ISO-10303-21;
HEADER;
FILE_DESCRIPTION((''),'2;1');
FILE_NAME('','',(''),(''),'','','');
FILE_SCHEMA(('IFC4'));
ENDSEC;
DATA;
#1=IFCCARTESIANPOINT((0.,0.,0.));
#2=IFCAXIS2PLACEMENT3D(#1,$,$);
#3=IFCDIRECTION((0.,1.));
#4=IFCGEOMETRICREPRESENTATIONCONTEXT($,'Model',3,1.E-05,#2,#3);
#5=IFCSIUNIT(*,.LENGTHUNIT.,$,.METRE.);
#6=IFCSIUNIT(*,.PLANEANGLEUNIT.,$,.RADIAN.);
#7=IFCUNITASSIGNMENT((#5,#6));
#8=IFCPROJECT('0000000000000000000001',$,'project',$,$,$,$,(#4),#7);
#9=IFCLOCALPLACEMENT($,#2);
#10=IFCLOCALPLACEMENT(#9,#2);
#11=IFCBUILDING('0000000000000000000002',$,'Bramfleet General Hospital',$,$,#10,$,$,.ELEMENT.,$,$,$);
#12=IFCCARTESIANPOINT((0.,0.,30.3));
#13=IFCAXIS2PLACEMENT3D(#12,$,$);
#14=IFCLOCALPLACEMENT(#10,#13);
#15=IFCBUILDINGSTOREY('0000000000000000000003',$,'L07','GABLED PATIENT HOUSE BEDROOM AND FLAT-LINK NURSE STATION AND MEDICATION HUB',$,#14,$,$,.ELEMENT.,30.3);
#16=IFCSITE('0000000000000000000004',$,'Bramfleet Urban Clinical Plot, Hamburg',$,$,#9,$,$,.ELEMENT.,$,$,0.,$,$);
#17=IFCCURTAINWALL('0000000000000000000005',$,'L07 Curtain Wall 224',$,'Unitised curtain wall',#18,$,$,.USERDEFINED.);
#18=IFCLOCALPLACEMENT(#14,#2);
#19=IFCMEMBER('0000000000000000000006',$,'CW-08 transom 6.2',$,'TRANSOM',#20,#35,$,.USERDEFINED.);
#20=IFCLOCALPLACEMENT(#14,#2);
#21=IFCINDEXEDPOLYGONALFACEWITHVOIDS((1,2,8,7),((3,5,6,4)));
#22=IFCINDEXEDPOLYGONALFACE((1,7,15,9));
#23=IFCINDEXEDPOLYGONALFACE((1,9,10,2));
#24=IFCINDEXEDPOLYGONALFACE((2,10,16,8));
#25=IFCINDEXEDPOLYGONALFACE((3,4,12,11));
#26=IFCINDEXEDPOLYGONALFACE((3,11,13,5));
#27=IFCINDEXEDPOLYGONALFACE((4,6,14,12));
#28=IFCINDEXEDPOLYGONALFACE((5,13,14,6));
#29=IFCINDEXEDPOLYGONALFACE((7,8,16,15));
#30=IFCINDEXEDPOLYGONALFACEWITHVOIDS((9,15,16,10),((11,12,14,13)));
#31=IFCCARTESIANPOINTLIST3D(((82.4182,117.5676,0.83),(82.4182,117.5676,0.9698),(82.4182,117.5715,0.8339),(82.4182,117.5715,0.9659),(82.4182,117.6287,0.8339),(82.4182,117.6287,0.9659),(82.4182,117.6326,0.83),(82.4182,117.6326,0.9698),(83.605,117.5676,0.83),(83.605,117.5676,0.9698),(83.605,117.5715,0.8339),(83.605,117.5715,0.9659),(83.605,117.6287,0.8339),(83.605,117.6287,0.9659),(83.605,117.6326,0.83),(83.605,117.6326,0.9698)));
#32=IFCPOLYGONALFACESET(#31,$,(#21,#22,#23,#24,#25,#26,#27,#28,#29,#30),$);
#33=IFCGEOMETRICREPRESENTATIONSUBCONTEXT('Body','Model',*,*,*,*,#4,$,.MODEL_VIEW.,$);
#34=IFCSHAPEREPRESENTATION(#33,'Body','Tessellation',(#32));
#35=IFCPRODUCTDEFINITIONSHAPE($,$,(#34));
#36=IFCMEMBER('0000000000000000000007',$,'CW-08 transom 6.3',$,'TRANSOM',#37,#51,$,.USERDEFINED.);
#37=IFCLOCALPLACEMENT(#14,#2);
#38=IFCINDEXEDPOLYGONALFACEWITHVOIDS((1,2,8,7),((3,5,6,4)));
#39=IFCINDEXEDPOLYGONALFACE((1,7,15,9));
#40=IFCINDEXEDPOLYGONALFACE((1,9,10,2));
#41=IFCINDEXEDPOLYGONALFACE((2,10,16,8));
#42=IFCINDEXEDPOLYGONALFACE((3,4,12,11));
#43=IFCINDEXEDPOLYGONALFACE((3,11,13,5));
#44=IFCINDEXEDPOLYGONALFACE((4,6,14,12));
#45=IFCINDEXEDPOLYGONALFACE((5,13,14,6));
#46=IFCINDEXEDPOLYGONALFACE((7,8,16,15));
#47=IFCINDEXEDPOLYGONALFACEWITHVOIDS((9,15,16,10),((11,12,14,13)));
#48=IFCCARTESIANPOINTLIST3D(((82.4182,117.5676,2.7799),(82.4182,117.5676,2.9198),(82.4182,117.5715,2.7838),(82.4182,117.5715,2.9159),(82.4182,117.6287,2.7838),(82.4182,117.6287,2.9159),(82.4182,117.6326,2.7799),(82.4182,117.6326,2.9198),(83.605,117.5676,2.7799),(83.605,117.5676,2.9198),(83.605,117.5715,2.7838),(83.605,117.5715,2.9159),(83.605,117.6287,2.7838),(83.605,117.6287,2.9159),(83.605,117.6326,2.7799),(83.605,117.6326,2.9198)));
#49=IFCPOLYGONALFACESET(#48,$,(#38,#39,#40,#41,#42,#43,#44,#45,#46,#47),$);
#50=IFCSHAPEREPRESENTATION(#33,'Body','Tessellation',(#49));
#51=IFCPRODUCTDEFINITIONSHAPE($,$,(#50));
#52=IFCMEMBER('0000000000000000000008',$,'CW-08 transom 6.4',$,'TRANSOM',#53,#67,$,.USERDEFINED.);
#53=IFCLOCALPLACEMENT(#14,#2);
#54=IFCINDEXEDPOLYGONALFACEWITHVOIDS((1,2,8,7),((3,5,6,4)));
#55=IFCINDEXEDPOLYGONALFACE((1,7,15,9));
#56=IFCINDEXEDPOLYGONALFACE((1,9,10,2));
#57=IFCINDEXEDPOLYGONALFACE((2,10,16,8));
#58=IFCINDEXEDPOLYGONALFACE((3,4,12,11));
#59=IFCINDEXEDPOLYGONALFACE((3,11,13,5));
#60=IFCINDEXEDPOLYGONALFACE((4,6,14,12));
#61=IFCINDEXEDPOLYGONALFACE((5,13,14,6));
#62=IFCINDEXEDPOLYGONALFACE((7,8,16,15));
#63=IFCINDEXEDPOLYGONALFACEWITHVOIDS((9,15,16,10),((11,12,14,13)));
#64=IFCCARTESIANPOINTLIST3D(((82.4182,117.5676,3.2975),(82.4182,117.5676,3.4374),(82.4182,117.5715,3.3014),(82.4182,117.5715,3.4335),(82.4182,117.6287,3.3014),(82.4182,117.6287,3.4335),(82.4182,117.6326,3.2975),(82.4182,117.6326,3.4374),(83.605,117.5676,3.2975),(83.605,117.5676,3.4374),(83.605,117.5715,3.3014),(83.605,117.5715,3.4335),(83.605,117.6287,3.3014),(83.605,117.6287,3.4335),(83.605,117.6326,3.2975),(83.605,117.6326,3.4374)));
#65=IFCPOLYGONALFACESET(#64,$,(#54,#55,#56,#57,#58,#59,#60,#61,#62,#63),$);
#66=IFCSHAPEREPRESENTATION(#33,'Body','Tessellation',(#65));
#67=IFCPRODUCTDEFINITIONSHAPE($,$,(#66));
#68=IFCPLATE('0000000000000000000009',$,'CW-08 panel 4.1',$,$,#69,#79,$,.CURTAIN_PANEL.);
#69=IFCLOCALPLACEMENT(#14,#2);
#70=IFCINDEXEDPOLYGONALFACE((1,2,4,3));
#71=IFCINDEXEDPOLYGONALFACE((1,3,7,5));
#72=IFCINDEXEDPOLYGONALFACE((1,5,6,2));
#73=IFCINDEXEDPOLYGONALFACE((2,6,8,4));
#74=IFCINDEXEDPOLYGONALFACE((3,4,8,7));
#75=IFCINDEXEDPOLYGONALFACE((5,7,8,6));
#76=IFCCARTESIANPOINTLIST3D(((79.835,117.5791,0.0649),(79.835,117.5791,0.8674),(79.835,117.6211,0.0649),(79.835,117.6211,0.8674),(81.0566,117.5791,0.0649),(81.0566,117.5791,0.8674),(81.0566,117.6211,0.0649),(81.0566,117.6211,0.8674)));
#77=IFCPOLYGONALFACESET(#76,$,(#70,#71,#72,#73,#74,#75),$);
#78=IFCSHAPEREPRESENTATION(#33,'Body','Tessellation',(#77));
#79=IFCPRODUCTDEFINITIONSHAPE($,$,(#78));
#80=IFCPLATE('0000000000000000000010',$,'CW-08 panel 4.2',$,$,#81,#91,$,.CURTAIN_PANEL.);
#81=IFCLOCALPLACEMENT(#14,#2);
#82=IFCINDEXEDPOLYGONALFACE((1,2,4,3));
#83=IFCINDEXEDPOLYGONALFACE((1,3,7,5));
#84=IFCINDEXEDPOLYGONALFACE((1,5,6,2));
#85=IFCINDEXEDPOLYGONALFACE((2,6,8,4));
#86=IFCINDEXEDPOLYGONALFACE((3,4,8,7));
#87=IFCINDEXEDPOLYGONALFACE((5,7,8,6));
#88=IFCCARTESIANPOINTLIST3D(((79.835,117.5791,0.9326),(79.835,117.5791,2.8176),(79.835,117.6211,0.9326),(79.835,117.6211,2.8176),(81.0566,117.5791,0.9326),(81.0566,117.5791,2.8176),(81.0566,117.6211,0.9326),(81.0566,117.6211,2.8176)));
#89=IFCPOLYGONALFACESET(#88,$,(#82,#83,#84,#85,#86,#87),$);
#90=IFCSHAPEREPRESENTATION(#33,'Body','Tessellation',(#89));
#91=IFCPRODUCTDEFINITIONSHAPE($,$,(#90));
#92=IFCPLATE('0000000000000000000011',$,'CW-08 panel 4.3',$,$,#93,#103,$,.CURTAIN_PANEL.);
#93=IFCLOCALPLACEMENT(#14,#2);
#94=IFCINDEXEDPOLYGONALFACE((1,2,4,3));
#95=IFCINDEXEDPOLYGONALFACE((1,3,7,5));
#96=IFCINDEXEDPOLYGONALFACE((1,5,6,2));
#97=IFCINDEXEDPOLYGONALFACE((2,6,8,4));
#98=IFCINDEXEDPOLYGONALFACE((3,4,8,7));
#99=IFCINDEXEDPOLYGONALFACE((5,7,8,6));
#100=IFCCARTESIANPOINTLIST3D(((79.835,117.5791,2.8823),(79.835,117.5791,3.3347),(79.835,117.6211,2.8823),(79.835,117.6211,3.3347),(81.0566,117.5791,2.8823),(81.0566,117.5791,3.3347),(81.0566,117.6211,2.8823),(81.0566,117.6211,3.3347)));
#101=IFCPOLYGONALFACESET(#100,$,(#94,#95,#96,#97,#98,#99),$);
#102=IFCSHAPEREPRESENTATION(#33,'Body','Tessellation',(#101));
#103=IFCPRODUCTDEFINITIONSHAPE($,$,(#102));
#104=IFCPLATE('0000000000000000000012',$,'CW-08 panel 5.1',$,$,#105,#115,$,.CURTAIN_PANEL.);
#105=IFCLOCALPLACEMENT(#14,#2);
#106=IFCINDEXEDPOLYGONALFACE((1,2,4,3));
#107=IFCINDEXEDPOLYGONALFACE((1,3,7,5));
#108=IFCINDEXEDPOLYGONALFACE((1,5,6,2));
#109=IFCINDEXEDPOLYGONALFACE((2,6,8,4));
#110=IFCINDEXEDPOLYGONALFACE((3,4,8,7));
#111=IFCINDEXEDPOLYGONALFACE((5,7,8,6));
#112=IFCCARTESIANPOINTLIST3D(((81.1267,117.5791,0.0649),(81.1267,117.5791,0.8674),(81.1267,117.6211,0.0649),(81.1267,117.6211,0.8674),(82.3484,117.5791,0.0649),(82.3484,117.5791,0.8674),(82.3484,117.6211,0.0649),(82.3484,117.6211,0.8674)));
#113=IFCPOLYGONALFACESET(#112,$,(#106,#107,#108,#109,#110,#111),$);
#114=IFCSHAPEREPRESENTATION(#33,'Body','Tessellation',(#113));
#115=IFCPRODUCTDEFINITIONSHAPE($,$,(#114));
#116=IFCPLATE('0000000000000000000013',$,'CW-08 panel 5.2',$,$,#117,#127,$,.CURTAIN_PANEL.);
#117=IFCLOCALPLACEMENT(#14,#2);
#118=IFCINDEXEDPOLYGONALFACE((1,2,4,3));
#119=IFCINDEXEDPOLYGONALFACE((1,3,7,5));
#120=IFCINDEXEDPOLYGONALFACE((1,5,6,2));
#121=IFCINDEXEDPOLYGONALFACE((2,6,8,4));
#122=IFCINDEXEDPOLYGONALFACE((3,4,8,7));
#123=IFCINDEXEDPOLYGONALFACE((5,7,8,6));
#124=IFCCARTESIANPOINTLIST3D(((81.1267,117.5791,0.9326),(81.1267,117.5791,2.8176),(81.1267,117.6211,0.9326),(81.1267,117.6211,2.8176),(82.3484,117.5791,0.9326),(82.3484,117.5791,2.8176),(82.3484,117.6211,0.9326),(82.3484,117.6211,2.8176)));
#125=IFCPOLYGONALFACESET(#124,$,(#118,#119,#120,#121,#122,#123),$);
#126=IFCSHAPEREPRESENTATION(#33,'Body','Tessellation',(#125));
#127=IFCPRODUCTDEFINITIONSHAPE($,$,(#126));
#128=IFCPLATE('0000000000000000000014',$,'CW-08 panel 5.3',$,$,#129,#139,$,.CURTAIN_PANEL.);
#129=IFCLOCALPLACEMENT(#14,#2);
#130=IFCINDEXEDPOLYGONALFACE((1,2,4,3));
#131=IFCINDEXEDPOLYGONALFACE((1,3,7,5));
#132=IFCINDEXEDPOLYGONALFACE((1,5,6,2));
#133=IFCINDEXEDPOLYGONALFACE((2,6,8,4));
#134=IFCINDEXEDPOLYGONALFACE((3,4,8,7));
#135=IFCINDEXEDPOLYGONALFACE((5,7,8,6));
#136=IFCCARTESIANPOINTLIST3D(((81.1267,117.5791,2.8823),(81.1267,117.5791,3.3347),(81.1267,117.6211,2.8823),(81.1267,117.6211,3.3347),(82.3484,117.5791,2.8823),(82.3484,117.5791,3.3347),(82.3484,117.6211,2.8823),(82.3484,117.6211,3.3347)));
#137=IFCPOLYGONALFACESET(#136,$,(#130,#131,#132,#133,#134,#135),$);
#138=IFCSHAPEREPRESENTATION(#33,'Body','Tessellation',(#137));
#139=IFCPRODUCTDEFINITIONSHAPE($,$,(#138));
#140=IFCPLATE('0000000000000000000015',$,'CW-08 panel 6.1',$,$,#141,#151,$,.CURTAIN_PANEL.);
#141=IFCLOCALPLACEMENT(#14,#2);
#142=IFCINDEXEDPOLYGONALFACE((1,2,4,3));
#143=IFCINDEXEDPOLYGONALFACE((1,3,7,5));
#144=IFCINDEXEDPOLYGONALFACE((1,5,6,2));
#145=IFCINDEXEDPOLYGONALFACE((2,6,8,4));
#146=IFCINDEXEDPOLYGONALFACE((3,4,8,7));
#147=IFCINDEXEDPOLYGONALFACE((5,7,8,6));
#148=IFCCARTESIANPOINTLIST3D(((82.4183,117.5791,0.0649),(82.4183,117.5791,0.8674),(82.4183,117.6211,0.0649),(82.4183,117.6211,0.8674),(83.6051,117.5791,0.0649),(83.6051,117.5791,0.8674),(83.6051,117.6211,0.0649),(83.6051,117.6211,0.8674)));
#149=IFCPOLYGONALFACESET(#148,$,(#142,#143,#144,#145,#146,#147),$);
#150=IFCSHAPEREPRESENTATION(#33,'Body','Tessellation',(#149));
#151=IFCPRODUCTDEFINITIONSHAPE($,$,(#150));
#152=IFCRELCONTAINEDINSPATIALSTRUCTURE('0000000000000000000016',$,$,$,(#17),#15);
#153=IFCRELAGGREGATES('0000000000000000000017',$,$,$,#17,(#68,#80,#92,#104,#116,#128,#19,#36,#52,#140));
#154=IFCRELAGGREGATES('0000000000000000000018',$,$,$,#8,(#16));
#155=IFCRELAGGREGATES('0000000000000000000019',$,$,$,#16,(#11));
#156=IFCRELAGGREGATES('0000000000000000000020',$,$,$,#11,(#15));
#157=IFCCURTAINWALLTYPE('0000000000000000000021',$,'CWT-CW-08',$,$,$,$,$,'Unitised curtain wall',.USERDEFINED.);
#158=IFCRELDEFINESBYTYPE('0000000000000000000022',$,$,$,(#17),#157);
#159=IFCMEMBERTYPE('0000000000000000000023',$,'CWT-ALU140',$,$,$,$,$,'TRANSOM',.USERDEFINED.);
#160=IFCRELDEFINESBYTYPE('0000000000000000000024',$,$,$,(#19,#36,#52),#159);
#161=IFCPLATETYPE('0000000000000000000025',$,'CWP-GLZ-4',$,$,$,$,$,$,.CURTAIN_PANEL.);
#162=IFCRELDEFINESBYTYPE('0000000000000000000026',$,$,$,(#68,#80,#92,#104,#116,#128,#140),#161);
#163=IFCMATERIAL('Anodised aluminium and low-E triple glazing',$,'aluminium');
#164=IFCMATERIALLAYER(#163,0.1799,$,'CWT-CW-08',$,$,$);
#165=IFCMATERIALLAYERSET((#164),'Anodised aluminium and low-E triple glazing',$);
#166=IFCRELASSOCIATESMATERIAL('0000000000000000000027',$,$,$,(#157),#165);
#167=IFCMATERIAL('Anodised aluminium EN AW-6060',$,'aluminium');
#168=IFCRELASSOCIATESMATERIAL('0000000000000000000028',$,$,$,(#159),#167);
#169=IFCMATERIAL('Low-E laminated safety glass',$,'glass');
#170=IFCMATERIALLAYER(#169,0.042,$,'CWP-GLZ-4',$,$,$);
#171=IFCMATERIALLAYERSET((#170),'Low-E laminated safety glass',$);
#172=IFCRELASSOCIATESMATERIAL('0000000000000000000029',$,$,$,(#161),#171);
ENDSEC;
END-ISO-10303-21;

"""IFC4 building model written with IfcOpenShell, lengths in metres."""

from ifc_helpers import new_model, si_unit, direction, frame, origin, origin_2d, place, context, subcontext, project, spatial, rectangle, hollow_rectangle, extrude, material, layer, layer_set, material_profile, profile_set, type_object, element, aggregate, save


model = new_model("IFC4")

# Units and contexts
model_context = context("Model", 3, precision=1e-05, world=origin(), true_north=direction((0.0, 1.0)))
body_context = subcontext(model_context, "Body", "Model", "MODEL_VIEW")
ifc_project = project(units=[si_unit("LENGTHUNIT", "METRE"), si_unit("PLANEANGLEUNIT", "RADIAN")], contexts=[model_context])

# Site, building, storey
site_placement = place(None, origin())
site = spatial("IfcSite", under=ifc_project, at=site_placement, Name="Bramfleet Urban Clinical Plot, Hamburg", CompositionType="ELEMENT", RefElevation=0.0)
building_placement = place(site_placement, origin())
building = spatial("IfcBuilding", under=site, at=building_placement, Name="Bramfleet General Hospital", CompositionType="ELEMENT")
storey_placement = place(building_placement, frame((0.0, 0.0, 30.3)))
storey = spatial("IfcBuildingStorey", under=building, at=storey_placement, Name="L07", Description="GABLED PATIENT HOUSE BEDROOM AND FLAT-LINK NURSE STATION AND MEDICATION HUB", CompositionType="ELEMENT", Elevation=30.3)

# Curtain wall, members, plates
ifc_material_1 = material(Name="Anodised aluminium and low-E triple glazing", Category="aluminium")
ifc_layer_1 = layer(ifc_material_1, 0.1799, Name="CWT-CW-08")
ifc_layer_set_1 = layer_set([ifc_layer_1], Name="Anodised aluminium and low-E triple glazing")
curtain_wall_type = type_object("IfcCurtainWallType", Name="CWT-CW-08", ElementType="Unitised curtain wall", PredefinedType="USERDEFINED", material=ifc_layer_set_1)
curtain_wall_placement = place(storey_placement, origin())
curtain_wall = element("IfcCurtainWall", 1, at=curtain_wall_placement, inside=storey, type_object=curtain_wall_type, Name="L07 Curtain Wall 224", ObjectType="Unitised curtain wall", PredefinedType="USERDEFINED")
ifc_material_2 = material(Name="Anodised aluminium EN AW-6060", Category="aluminium")
ifc_material_profile_1 = material_profile(ifc_material_2, hollow_rectangle(XDim=0.0649, YDim=0.1399, WallThickness=0.0039, at=origin_2d()), Name="ALU 140x65x4.0")
ifc_profile_set_1 = profile_set([ifc_material_profile_1], Name="Anodised aluminium EN AW-6060")
member_type_1 = type_object("IfcMemberType", Name="CWT-ALU140", ElementType="TRANSOM", PredefinedType="USERDEFINED", material=ifc_profile_set_1)
member_1_placement = place(storey_placement, frame((82.4182, 117.6001, 0.8999), z_axis=(1.0, 0.0, 0.0), x_axis=(0.0, 1.0, 0.0)))
member_1 = element("IfcMember", 2, at=member_1_placement, type_object=member_type_1, Name="CW-08 transom 6.2", ObjectType="TRANSOM", PredefinedType="USERDEFINED", context=body_context, shape_type="SweptSolid", body=[
    extrude(hollow_rectangle(XDim=0.0649, YDim=0.1399, WallThickness=0.0039, at=origin_2d()), origin(), (0.0, 0.0, 1.0), 1.1868),
])
member_2_placement = place(storey_placement, frame((82.4182, 117.6001, 2.8499), z_axis=(1.0, 0.0, 0.0), x_axis=(0.0, 1.0, 0.0)))
member_2 = element("IfcMember", 3, at=member_2_placement, type_object=member_type_1, Name="CW-08 transom 6.3", ObjectType="TRANSOM", PredefinedType="USERDEFINED", context=body_context, shape_type="SweptSolid", body=[
    extrude(hollow_rectangle(XDim=0.0649, YDim=0.1399, WallThickness=0.0039, at=origin_2d()), origin(), (0.0, 0.0, 1.0), 1.1868),
])
member_3_placement = place(storey_placement, frame((82.4182, 117.6001, 3.3674), z_axis=(1.0, 0.0, 0.0), x_axis=(0.0, 1.0, 0.0)))
member_3 = element("IfcMember", 4, at=member_3_placement, type_object=member_type_1, Name="CW-08 transom 6.4", ObjectType="TRANSOM", PredefinedType="USERDEFINED", context=body_context, shape_type="SweptSolid", body=[
    extrude(hollow_rectangle(XDim=0.0649, YDim=0.1399, WallThickness=0.0039, at=origin_2d()), origin(), (0.0, 0.0, 1.0), 1.1868),
])
ifc_material_3 = material(Name="Low-E laminated safety glass", Category="glass")
ifc_layer_2 = layer(ifc_material_3, 0.042, Name="CWP-GLZ-4")
ifc_layer_set_2 = layer_set([ifc_layer_2], Name="Low-E laminated safety glass")
plate_type = type_object("IfcPlateType", Name="CWP-GLZ-4", PredefinedType="CURTAIN_PANEL", material=ifc_layer_set_2)
plate_1_placement = place(storey_placement, frame((80.4458, 117.6001, 0.0649), z_axis=(0.0, 0.0, 1.0), x_axis=(1.0, 0.0, 0.0)))
plate_1 = element("IfcPlate", 5, at=plate_1_placement, type_object=plate_type, Name="CW-08 panel 4.1", PredefinedType="CURTAIN_PANEL", context=body_context, shape_type="SweptSolid", body=[
    extrude(rectangle(XDim=1.2217, YDim=0.042, at=origin_2d()), origin(), (0.0, 0.0, 1.0), 0.8025),
])
plate_2_placement = place(storey_placement, frame((80.4458, 117.6001, 0.9326), z_axis=(0.0, 0.0, 1.0), x_axis=(1.0, 0.0, 0.0)))
plate_2 = element("IfcPlate", 6, at=plate_2_placement, type_object=plate_type, Name="CW-08 panel 4.2", PredefinedType="CURTAIN_PANEL", context=body_context, shape_type="SweptSolid", body=[
    extrude(rectangle(XDim=1.2217, YDim=0.042, at=origin_2d()), origin(), (0.0, 0.0, 1.0), 1.885),
])
plate_3_placement = place(storey_placement, frame((80.4458, 117.6001, 2.8823), z_axis=(0.0, 0.0, 1.0), x_axis=(1.0, 0.0, 0.0)))
plate_3 = element("IfcPlate", 7, at=plate_3_placement, type_object=plate_type, Name="CW-08 panel 4.3", PredefinedType="CURTAIN_PANEL", context=body_context, shape_type="SweptSolid", body=[
    extrude(rectangle(XDim=1.2217, YDim=0.042, at=origin_2d()), origin(), (0.0, 0.0, 1.0), 0.4524),
])
plate_4_placement = place(storey_placement, frame((81.7375, 117.6001, 0.0649), z_axis=(0.0, 0.0, 1.0), x_axis=(1.0, 0.0, 0.0)))
plate_4 = element("IfcPlate", 8, at=plate_4_placement, type_object=plate_type, Name="CW-08 panel 5.1", PredefinedType="CURTAIN_PANEL", context=body_context, shape_type="SweptSolid", body=[
    extrude(rectangle(XDim=1.2217, YDim=0.042, at=origin_2d()), origin(), (0.0, 0.0, 1.0), 0.8025),
])
plate_5_placement = place(storey_placement, frame((81.7375, 117.6001, 0.9326), z_axis=(0.0, 0.0, 1.0), x_axis=(1.0, 0.0, 0.0)))
plate_5 = element("IfcPlate", 9, at=plate_5_placement, type_object=plate_type, Name="CW-08 panel 5.2", PredefinedType="CURTAIN_PANEL", context=body_context, shape_type="SweptSolid", body=[
    extrude(rectangle(XDim=1.2217, YDim=0.042, at=origin_2d()), origin(), (0.0, 0.0, 1.0), 1.885),
])
plate_6_placement = place(storey_placement, frame((81.7375, 117.6001, 2.8823), z_axis=(0.0, 0.0, 1.0), x_axis=(1.0, 0.0, 0.0)))
plate_6 = element("IfcPlate", 10, at=plate_6_placement, type_object=plate_type, Name="CW-08 panel 5.3", PredefinedType="CURTAIN_PANEL", context=body_context, shape_type="SweptSolid", body=[
    extrude(rectangle(XDim=1.2217, YDim=0.042, at=origin_2d()), origin(), (0.0, 0.0, 1.0), 0.4524),
])
plate_7_placement = place(storey_placement, frame((83.0117, 117.6001, 0.0649), z_axis=(0.0, 0.0, 1.0), x_axis=(1.0, 0.0, 0.0)))
plate_7 = element("IfcPlate", 11, at=plate_7_placement, type_object=plate_type, Name="CW-08 panel 6.1", PredefinedType="CURTAIN_PANEL", context=body_context, shape_type="SweptSolid", body=[
    extrude(rectangle(XDim=1.1868, YDim=0.042, at=origin_2d()), origin(), (0.0, 0.0, 1.0), 0.8025),
])
aggregate(curtain_wall, [plate_1, plate_2, plate_3, plate_4, plate_5, plate_6, member_1, member_2, member_3, plate_7])

save(model, "model.ifc")
